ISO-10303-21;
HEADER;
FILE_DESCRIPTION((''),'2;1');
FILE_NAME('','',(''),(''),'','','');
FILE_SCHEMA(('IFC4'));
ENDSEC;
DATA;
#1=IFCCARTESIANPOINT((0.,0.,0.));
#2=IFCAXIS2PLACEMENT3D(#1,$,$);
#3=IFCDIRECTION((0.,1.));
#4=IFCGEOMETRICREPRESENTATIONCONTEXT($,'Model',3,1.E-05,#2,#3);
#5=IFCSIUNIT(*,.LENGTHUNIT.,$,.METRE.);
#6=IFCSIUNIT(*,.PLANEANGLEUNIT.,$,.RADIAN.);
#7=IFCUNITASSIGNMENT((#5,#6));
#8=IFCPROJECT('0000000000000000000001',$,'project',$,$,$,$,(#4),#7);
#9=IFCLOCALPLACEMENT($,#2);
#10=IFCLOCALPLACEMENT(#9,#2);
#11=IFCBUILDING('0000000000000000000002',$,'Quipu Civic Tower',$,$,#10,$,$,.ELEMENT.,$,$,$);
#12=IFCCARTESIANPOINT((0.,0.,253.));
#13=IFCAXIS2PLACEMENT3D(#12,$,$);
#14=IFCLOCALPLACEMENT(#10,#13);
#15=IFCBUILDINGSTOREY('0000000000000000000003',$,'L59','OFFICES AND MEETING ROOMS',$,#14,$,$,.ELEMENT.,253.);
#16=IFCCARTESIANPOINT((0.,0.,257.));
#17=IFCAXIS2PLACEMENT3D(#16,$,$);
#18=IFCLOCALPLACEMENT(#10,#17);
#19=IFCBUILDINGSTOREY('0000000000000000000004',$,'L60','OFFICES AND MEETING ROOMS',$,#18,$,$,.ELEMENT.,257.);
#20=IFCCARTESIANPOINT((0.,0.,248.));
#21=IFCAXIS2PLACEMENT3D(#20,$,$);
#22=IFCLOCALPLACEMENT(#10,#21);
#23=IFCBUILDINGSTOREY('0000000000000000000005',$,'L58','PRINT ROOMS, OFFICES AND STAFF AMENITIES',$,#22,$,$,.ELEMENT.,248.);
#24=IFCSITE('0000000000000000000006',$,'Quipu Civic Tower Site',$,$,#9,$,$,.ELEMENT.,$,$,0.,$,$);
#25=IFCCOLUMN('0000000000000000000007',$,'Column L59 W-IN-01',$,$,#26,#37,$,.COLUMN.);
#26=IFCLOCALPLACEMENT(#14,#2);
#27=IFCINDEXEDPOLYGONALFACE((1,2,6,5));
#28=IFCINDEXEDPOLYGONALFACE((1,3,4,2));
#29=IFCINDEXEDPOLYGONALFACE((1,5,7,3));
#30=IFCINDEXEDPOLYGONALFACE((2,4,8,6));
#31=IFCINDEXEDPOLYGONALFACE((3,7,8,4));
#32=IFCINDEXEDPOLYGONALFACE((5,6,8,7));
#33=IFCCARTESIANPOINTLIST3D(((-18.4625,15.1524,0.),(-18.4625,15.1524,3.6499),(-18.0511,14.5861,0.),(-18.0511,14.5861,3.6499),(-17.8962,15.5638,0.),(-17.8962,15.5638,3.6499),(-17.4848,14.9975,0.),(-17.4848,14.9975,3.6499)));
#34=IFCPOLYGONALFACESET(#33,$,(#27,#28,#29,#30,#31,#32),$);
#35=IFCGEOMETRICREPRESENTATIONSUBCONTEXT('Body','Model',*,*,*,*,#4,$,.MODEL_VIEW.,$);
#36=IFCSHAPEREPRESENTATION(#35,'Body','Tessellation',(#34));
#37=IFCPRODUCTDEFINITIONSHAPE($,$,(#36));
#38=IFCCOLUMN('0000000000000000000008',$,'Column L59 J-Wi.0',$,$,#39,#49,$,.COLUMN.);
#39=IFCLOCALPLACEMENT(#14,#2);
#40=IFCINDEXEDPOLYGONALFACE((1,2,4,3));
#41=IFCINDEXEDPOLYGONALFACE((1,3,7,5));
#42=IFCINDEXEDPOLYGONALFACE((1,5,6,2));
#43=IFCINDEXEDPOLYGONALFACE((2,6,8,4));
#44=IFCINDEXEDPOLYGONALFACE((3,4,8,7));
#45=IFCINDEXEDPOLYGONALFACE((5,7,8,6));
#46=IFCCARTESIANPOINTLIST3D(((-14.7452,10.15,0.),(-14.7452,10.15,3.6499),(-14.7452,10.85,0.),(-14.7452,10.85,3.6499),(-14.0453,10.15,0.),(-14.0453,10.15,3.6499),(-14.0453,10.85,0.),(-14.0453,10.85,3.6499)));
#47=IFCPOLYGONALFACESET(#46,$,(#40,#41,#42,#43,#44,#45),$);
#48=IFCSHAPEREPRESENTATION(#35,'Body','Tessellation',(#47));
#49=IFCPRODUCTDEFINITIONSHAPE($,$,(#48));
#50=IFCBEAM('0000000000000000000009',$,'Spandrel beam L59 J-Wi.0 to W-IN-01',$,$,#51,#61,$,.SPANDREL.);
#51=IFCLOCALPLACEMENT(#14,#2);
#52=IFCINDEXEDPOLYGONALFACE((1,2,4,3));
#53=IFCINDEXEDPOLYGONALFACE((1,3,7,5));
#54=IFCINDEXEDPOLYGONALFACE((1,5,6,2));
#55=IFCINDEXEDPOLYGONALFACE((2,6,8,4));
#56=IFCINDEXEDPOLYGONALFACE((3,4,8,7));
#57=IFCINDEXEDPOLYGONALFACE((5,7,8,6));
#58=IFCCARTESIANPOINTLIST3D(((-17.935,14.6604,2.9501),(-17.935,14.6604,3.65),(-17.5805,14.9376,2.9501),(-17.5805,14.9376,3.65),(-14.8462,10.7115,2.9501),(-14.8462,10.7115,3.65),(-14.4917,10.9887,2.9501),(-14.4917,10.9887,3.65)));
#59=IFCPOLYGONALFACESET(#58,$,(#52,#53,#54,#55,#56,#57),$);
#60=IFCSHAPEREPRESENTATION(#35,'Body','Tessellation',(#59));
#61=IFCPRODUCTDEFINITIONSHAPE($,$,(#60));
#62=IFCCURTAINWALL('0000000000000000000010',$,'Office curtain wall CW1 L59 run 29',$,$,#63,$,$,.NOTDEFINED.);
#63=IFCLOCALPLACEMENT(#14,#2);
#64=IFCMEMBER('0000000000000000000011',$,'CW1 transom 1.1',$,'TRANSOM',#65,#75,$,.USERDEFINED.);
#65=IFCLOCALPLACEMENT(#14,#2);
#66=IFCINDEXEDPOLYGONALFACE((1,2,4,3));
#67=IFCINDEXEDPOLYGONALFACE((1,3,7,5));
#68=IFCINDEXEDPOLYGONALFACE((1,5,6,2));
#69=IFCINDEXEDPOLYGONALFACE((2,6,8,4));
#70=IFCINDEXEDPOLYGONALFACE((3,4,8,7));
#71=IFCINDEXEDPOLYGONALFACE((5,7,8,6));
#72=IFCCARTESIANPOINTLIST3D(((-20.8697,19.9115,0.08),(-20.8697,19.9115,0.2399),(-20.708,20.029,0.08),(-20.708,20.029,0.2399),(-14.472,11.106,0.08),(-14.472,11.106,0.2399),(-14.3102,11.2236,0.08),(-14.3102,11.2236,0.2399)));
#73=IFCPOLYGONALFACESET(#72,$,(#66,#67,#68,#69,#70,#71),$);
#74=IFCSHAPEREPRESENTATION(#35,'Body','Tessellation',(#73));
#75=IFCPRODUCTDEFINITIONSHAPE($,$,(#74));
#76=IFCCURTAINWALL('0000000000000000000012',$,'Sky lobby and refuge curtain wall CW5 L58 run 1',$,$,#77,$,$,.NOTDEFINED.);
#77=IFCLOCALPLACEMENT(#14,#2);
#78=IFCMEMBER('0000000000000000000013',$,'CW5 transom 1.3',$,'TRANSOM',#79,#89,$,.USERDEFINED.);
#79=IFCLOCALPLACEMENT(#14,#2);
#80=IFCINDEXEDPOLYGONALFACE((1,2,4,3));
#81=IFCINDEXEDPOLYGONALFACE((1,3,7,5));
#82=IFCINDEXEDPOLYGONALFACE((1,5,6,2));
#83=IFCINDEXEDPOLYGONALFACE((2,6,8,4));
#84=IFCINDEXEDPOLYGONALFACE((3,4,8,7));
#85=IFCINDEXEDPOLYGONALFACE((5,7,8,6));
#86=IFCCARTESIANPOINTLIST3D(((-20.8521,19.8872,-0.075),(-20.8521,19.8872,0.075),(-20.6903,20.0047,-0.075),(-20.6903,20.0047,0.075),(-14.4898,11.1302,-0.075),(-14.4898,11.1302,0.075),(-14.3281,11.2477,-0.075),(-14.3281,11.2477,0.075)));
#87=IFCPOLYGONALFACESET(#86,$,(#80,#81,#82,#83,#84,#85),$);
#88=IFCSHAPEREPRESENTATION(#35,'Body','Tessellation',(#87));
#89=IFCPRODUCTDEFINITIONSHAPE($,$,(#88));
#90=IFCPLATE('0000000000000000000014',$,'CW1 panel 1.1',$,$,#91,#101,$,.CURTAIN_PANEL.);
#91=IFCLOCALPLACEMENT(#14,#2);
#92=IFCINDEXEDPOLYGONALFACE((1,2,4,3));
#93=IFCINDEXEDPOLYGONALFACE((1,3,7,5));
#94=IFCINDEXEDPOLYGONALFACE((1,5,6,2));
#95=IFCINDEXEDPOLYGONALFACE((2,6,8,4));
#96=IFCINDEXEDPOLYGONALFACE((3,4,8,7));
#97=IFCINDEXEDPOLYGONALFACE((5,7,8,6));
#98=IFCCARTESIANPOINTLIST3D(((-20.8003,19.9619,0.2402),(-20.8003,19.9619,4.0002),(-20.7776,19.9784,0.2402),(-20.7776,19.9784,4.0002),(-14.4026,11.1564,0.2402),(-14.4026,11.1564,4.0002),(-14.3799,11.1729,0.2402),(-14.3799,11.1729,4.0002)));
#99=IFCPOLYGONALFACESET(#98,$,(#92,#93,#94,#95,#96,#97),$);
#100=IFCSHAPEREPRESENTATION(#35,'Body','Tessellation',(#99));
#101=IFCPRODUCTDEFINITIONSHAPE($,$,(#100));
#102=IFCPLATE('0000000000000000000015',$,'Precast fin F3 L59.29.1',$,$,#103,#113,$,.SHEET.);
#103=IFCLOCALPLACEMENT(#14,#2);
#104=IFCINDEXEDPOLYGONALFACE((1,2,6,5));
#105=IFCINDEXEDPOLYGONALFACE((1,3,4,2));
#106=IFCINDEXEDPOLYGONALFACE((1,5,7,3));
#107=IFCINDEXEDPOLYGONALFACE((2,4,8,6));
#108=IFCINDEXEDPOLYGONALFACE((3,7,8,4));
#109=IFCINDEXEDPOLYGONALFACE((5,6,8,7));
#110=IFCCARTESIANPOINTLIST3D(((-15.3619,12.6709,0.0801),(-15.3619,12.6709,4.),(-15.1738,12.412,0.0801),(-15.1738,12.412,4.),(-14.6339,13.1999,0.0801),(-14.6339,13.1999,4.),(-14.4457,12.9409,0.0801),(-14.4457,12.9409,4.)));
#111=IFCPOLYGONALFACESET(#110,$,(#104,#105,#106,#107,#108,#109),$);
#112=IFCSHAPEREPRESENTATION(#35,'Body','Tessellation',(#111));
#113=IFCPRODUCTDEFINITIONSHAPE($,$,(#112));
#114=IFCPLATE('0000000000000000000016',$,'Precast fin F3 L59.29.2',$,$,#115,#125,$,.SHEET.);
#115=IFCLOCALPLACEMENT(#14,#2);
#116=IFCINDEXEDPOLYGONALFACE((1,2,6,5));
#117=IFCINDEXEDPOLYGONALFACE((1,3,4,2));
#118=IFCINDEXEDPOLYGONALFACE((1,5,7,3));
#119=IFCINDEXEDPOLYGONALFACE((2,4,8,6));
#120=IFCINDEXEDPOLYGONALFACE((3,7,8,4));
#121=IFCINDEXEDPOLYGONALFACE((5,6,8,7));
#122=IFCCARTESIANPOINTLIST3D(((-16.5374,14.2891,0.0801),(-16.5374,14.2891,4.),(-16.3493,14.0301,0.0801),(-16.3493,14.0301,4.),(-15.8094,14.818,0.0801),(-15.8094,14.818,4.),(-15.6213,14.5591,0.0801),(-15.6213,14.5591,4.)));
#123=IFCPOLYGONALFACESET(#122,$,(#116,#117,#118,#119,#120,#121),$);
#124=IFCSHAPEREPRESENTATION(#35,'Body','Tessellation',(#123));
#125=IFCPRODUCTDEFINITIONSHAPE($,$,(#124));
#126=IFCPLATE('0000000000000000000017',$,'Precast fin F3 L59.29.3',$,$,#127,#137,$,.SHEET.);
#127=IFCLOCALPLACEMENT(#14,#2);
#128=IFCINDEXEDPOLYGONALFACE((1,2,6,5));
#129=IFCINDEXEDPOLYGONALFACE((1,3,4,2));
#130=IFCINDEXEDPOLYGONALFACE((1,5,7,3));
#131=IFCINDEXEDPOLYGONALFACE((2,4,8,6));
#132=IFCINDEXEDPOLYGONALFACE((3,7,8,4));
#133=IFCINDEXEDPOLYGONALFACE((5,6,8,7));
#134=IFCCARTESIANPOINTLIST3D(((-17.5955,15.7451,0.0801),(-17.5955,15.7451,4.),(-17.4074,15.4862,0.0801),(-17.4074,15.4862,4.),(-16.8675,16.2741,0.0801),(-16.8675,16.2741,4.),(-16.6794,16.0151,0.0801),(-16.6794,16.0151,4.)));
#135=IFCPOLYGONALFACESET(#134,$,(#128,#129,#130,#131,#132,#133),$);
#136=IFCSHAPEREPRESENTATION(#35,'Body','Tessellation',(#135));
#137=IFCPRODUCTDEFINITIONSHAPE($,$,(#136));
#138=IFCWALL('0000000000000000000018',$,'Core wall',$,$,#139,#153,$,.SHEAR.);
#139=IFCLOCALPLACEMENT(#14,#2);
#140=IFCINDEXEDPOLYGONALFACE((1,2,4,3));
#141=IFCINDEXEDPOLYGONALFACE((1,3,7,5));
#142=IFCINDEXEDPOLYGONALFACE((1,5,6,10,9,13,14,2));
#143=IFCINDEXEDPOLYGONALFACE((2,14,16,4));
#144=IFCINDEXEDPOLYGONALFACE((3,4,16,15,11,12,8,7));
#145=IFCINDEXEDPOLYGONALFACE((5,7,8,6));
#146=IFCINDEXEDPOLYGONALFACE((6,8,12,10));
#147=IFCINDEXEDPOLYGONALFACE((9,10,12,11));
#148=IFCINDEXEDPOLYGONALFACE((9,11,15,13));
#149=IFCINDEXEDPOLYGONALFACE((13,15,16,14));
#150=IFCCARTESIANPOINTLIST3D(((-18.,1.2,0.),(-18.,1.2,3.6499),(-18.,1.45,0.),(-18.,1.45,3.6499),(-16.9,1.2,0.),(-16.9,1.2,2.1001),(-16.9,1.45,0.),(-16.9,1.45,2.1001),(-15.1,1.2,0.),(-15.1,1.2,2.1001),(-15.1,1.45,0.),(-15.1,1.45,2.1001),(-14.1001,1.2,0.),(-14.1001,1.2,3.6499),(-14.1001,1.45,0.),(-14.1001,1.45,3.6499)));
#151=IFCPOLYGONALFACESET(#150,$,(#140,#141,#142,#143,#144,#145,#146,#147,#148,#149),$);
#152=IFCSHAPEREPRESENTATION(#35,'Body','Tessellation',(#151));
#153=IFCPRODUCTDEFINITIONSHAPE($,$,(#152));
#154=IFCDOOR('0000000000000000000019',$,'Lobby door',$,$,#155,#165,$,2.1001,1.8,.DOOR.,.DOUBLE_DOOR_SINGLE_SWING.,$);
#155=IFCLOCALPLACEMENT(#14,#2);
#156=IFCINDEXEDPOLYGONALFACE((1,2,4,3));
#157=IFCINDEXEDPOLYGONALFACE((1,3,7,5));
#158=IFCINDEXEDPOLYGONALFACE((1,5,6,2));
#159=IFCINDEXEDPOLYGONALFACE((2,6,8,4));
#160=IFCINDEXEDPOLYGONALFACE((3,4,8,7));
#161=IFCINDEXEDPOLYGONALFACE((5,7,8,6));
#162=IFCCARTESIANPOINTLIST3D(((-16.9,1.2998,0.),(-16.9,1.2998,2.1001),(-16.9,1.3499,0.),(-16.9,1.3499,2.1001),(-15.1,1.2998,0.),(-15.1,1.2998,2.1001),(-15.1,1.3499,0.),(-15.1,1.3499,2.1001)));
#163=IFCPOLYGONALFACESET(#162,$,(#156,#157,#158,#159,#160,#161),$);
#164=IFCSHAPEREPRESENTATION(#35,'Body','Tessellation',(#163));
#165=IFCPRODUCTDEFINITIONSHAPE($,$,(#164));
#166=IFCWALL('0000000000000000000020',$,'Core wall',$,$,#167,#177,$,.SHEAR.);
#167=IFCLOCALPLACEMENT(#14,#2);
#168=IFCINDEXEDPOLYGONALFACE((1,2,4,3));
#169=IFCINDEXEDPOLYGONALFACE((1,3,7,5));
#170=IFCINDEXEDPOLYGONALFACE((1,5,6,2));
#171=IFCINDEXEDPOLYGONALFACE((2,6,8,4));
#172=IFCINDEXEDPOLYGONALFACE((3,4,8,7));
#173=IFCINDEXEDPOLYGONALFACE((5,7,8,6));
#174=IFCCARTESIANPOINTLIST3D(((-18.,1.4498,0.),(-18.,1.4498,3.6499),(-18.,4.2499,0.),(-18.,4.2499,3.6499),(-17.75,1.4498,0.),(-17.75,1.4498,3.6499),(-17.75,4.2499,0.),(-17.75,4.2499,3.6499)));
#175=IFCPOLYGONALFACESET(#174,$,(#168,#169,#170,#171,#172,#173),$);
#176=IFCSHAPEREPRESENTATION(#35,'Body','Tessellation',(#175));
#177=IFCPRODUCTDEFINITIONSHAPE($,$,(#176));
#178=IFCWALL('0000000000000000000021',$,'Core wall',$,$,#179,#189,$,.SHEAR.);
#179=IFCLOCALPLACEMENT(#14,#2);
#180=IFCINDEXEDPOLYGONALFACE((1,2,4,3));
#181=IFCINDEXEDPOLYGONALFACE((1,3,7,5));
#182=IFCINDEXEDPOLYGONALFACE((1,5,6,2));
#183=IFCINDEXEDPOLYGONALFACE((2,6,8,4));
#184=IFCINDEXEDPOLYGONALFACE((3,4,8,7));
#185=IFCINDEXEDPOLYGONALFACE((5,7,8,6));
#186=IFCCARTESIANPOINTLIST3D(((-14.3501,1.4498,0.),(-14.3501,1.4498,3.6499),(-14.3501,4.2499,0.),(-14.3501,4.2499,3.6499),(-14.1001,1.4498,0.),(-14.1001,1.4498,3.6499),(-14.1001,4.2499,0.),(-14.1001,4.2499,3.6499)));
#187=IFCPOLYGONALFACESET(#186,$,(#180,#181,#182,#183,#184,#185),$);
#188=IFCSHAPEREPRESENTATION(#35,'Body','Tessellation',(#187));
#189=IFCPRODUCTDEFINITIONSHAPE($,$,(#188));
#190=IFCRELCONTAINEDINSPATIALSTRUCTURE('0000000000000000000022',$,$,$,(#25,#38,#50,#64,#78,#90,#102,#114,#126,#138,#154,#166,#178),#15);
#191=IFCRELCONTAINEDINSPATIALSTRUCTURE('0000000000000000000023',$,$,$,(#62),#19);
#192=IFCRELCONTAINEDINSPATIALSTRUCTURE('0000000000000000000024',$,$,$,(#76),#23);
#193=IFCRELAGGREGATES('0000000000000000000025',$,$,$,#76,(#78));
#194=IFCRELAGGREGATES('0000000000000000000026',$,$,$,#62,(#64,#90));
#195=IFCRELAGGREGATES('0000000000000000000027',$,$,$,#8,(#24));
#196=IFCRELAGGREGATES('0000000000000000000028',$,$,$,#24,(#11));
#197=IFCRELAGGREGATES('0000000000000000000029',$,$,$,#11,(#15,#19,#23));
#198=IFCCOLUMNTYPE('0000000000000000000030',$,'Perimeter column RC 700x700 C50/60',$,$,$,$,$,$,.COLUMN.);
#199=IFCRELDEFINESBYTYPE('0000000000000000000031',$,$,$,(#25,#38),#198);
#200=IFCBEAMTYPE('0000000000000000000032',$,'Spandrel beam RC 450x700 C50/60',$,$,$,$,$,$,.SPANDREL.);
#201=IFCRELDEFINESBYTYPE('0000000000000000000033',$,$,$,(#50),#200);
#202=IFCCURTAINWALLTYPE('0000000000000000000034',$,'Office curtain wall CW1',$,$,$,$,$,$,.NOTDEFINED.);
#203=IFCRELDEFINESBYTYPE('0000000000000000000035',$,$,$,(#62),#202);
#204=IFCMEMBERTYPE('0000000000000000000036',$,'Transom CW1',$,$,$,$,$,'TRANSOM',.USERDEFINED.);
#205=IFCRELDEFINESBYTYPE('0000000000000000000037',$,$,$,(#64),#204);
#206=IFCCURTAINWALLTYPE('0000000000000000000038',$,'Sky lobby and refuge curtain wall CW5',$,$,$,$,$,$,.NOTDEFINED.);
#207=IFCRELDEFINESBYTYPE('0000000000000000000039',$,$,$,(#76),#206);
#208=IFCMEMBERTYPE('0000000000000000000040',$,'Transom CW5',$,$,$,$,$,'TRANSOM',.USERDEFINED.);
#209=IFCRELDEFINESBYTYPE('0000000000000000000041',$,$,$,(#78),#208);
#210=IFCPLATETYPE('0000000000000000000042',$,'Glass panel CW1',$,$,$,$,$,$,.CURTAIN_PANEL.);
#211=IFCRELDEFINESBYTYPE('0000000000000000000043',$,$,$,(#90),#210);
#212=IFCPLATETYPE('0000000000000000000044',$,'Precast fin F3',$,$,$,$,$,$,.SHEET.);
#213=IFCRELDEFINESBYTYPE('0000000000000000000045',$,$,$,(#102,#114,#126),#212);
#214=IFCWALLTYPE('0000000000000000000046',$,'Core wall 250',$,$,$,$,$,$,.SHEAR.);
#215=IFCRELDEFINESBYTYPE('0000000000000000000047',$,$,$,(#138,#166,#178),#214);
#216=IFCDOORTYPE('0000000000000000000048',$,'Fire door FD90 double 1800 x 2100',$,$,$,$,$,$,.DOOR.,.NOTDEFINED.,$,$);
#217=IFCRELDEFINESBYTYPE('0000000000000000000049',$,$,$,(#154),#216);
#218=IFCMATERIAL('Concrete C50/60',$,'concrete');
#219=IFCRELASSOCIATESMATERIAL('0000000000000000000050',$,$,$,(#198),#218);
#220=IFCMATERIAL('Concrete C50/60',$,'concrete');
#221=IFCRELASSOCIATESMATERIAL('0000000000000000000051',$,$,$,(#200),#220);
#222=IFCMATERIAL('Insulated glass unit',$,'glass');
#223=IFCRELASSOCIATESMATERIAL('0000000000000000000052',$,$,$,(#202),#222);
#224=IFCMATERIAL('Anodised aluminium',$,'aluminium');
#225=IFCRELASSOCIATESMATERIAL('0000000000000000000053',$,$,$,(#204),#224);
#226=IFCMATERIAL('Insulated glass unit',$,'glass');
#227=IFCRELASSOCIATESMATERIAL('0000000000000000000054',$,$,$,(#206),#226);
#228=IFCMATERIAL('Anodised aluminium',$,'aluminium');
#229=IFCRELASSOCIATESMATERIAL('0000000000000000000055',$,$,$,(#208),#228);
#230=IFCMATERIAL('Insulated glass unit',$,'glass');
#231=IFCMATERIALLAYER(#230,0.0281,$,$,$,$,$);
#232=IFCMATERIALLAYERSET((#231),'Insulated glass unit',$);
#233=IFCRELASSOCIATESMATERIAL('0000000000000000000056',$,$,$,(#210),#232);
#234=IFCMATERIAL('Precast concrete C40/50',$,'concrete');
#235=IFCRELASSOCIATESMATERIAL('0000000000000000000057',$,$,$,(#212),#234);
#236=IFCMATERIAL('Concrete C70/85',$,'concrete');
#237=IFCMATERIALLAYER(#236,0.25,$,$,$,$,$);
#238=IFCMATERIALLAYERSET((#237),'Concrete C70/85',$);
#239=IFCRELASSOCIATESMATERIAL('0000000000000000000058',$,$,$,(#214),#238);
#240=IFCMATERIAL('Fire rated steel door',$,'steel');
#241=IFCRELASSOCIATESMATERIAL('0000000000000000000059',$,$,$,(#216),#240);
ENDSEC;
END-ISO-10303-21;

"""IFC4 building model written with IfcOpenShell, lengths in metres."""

from ifc_helpers import new_model, si_unit, direction, frame, frame_2d, origin, origin_2d, place, context, subcontext, project, spatial, rectangle, extrude, material, layer, layer_set, material_profile, profile_set, type_object, element, fill, aggregate, save


model = new_model("IFC4")

# Units and contexts
model_context = context("Model", 3, precision=1e-05, world=origin(), true_north=direction((0.0, 1.0)))
body_context = subcontext(model_context, "Body", "Model", "MODEL_VIEW")
ifc_project = project(units=[si_unit("LENGTHUNIT", "METRE"), si_unit("PLANEANGLEUNIT", "RADIAN")], contexts=[model_context])

# Site, building, storey
site_placement = place(None, origin())
site = spatial("IfcSite", under=ifc_project, at=site_placement, Name="Quipu Civic Tower Site", CompositionType="ELEMENT", RefElevation=0.0)
building_placement = place(site_placement, origin())
building = spatial("IfcBuilding", under=site, at=building_placement, Name="Quipu Civic Tower", CompositionType="ELEMENT")
storey_1_placement = place(building_placement, frame((0.0, 0.0, 253.0)))
storey_1 = spatial("IfcBuildingStorey", under=building, at=storey_1_placement, Name="L59", Description="OFFICES AND MEETING ROOMS", CompositionType="ELEMENT", Elevation=253.0)

# Columns
ifc_material_1 = material(Name="Concrete C50/60", Category="concrete")
ifc_material_profile_1 = material_profile(ifc_material_1, rectangle(XDim=0.7, YDim=0.7, at=origin_2d()), Name="RC700x700")
ifc_profile_set_1 = profile_set([ifc_material_profile_1], Name="Concrete C50/60")
column_type = type_object("IfcColumnType", Name="Perimeter column RC 700x700 C50/60", PredefinedType="COLUMN", material=ifc_profile_set_1)
for number, where, z_axis, x_axis, name in (
    (1, (-17.9736, 15.075, 0.0), (0.0, 0.0, 1.0), (-0.587785, 0.809017, 0.0), "Column L59 W-IN-01"),
    (2, (-14.3953, 10.5, 0.0), (0.0, 0.0, 1.0), (-1.0, 0.0, 0.0), "Column L59 J-Wi.0"),
):
    element("IfcColumn", number, at=place(storey_1_placement, frame(where, z_axis=z_axis, x_axis=x_axis)), inside=storey_1, type_object=column_type, Name=name, PredefinedType="COLUMN", context=body_context, shape_type="SweptSolid", body=[
        extrude(rectangle(XDim=0.7, YDim=0.7, at=origin_2d()), origin(), (0.0, 0.0, 1.0), 3.6499),
    ])

# Beam
ifc_material_2 = material(Name="Concrete C50/60", Category="concrete")
ifc_material_profile_2 = material_profile(ifc_material_2, rectangle(XDim=0.45, YDim=0.7, at=origin_2d()), Name="RC450x700")
ifc_profile_set_2 = profile_set([ifc_material_profile_2], Name="Concrete C50/60")
beam_type = type_object("IfcBeamType", Name="Spandrel beam RC 450x700 C50/60", PredefinedType="SPANDREL", material=ifc_profile_set_2)
beam_placement = place(storey_1_placement, frame((-14.6689, 10.8501, 3.3), z_axis=(-0.616106, 0.787663, 0.0), x_axis=(-0.787663, -0.616106, 0.0)))
element("IfcBeam", 3, at=beam_placement, inside=storey_1, type_object=beam_type, Name="Spandrel beam L59 J-Wi.0 to W-IN-01", PredefinedType="SPANDREL", context=body_context, shape_type="SweptSolid", body=[
    extrude(rectangle(XDim=0.45, YDim=0.7, at=origin_2d()), origin(), (0.0, 0.0, 1.0), 5.0134),
])

# Shared definitions
storey_2_placement = place(building_placement, frame((0.0, 0.0, 257.0)))
storey_2 = spatial("IfcBuildingStorey", under=building, at=storey_2_placement, Name="L60", Description="OFFICES AND MEETING ROOMS", CompositionType="ELEMENT", Elevation=257.0)

# Curtain wall, member
ifc_material_3 = material(Name="Insulated glass unit", Category="glass")
curtain_wall_type_1 = type_object("IfcCurtainWallType", Name="Office curtain wall CW1", PredefinedType="NOTDEFINED", material=ifc_material_3)
curtain_wall_1_placement = place(storey_2_placement, origin())
curtain_wall_1 = element("IfcCurtainWall", 4, at=curtain_wall_1_placement, inside=storey_2, type_object=curtain_wall_type_1, Name="Office curtain wall CW1 L59 run 29", PredefinedType="NOTDEFINED")
ifc_material_4 = material(Name="Anodised aluminium", Category="aluminium")
ifc_material_profile_3 = material_profile(ifc_material_4, rectangle(XDim=0.2, YDim=0.1599, at=origin_2d()), Name="RECT 200x160")
ifc_profile_set_3 = profile_set([ifc_material_profile_3], Name="Anodised aluminium")
member_type_1 = type_object("IfcMemberType", Name="Transom CW1", ElementType="TRANSOM", PredefinedType="USERDEFINED", material=ifc_profile_set_3)
member_1_placement = place(storey_1_placement, frame((-14.3911, 11.1648, 0.1599), z_axis=(-0.587797, 0.809009, 0.0), x_axis=(-0.809009, -0.587797, 0.0)))
member_1 = element("IfcMember", 5, at=member_1_placement, inside=storey_1, type_object=member_type_1, Name="CW1 transom 1.1", ObjectType="TRANSOM", PredefinedType="USERDEFINED", context=body_context, shape_type="SweptSolid", body=[
    extrude(rectangle(XDim=0.2, YDim=0.1599, at=origin_2d()), origin(), (0.0, 0.0, 1.0), 10.8843),
])

# Shared definitions
storey_3_placement = place(building_placement, frame((0.0, 0.0, 248.0)))
storey_3 = spatial("IfcBuildingStorey", under=building, at=storey_3_placement, Name="L58", Description="PRINT ROOMS, OFFICES AND STAFF AMENITIES", CompositionType="ELEMENT", Elevation=248.0)

# Curtain wall, member
ifc_material_5 = material(Name="Insulated glass unit", Category="glass")
curtain_wall_type_2 = type_object("IfcCurtainWallType", Name="Sky lobby and refuge curtain wall CW5", PredefinedType="NOTDEFINED", material=ifc_material_5)
curtain_wall_2_placement = place(storey_3_placement, origin())
curtain_wall_2 = element("IfcCurtainWall", 6, at=curtain_wall_2_placement, inside=storey_3, type_object=curtain_wall_type_2, Name="Sky lobby and refuge curtain wall CW5 L58 run 1", PredefinedType="NOTDEFINED")
ifc_material_6 = material(Name="Anodised aluminium", Category="aluminium")
ifc_material_profile_4 = material_profile(ifc_material_6, rectangle(XDim=0.2, YDim=0.1499, at=origin_2d()), Name="RECT 200x150")
ifc_profile_set_4 = profile_set([ifc_material_profile_4], Name="Anodised aluminium")
member_type_2 = type_object("IfcMemberType", Name="Transom CW5", ElementType="TRANSOM", PredefinedType="USERDEFINED", material=ifc_profile_set_4)
member_2_placement = place(storey_1_placement, frame((-14.4089, 11.189, 0.0), z_axis=(-0.58778, 0.809021, 0.0), x_axis=(-0.809021, -0.58778, 0.0)))
member_2 = element("IfcMember", 7, at=member_2_placement, inside=storey_1, type_object=member_type_2, Name="CW5 transom 1.3", ObjectType="TRANSOM", PredefinedType="USERDEFINED", context=body_context, shape_type="SweptSolid", body=[
    extrude(rectangle(XDim=0.2, YDim=0.1499, at=origin_2d()), origin(), (0.0, 0.0, 1.0), 10.8242),
])
aggregate(curtain_wall_2, [member_2])

# Plate
ifc_material_7 = material(Name="Insulated glass unit", Category="glass")
ifc_layer_1 = layer(ifc_material_7, 0.0281)
ifc_layer_set_1 = layer_set([ifc_layer_1], Name="Insulated glass unit")
plate_type_1 = type_object("IfcPlateType", Name="Glass panel CW1", PredefinedType="CURTAIN_PANEL", material=ifc_layer_set_1)
plate_placement = place(storey_1_placement, frame((-17.5901, 15.5674, 0.2402), z_axis=(0.0, 0.0, 1.0), x_axis=(-0.587788, 0.809015, 0.0)))
plate = element("IfcPlate", 8, at=plate_placement, inside=storey_1, type_object=plate_type_1, Name="CW1 panel 1.1", PredefinedType="CURTAIN_PANEL", context=body_context, shape_type="SweptSolid", body=[
    extrude(rectangle(XDim=10.8843, YDim=0.0281, at=origin_2d()), origin(), (0.0, 0.0, 1.0), 3.76),
])
aggregate(curtain_wall_1, [member_1, plate])

# Plates
ifc_material_8 = material(Name="Precast concrete C40/50", Category="concrete")
plate_type_2 = type_object("IfcPlateType", Name="Precast fin F3", PredefinedType="SHEET", material=ifc_material_8)
for number, where, z_axis, x_axis, name in (
    (9, (-14.9038, 12.8059, 0.0801), (0.0, 0.0, 1.0), (-0.587784, 0.809018, 0.0), "Precast fin F3 L59.29.1"),
    (10, (-16.0793, 14.4241, 0.0801), (0.0, 0.0, 1.0), (-0.587784, 0.809018, 0.0), "Precast fin F3 L59.29.2"),
    (11, (-17.1375, 15.8801, 0.0801), (0.0, 0.0, 1.0), (-0.587784, 0.809018, 0.0), "Precast fin F3 L59.29.3"),
):
    element("IfcPlate", number, at=place(storey_1_placement, frame(where, z_axis=z_axis, x_axis=x_axis)), inside=storey_1, type_object=plate_type_2, Name=name, PredefinedType="SHEET", context=body_context, shape_type="SweptSolid", body=[
        extrude(rectangle(XDim=0.3201, YDim=0.8999, at=origin_2d()), origin(), (0.0, 0.0, 1.0), 3.9199),
    ])

# Wall, opening, door
ifc_material_9 = material(Name="Concrete C70/85", Category="concrete")
ifc_layer_2 = layer(ifc_material_9, 0.25)
ifc_layer_set_2 = layer_set([ifc_layer_2], Name="Concrete C70/85")
wall_type_1 = type_object("IfcWallType", Name="Core wall 250", PredefinedType="SHEAR", material=ifc_layer_set_2)
wall_1_placement = place(storey_1_placement, frame((-18.0, 1.325, 0.0), z_axis=(0.0, 0.0, 1.0), x_axis=(1.0, 0.0, 0.0)))
wall_1 = element("IfcWall", 12, at=wall_1_placement, inside=storey_1, type_object=wall_type_1, Name="Core wall", PredefinedType="SHEAR", context=body_context, shape_type="SweptSolid", body=[
    extrude(rectangle(XDim=3.8999, YDim=0.25, at=frame_2d((1.95, 0.0))), origin(), (0.0, 0.0, 1.0), 3.6499),
])
opening_1_placement = place(wall_1_placement, frame((1.1001, 0.0, 0.0)))
opening_1 = element("IfcOpeningElement", 13, at=opening_1_placement, cuts=wall_1, PredefinedType="OPENING", context=body_context, shape_type="SweptSolid", body=[
    extrude(rectangle(XDim=1.8, YDim=2.1001, at=frame_2d((0.8999, 1.05))), frame((0.0, 0.135, 0.0), z_axis=(0.0, -1.0, 0.0), x_axis=(1.0, 0.0, 0.0)), (0.0, 0.0, 1.0), 0.27),
])
ifc_material_10 = material(Name="Fire rated steel door", Category="steel")
door_type_1 = type_object("IfcDoorType", Name="Fire door FD90 double 1800 x 2100", OperationType="NOTDEFINED", PredefinedType="DOOR", material=ifc_material_10)
door_1_placement = place(opening_1_placement, origin())
door_1 = element("IfcDoor", 14, at=door_1_placement, inside=storey_1, type_object=door_type_1, Name="Lobby door", OperationType="DOUBLE_DOOR_SINGLE_SWING", OverallHeight=2.1001, OverallWidth=1.8, PredefinedType="DOOR", context=body_context, shape_type="SweptSolid", body=[
    extrude(rectangle(XDim=1.8, YDim=2.1001, at=frame_2d((0.8999, 1.05))), frame((0.0, 0.0249, 0.0), z_axis=(0.0, -1.0, 0.0), x_axis=(1.0, 0.0, 0.0)), (0.0, 0.0, 1.0), 0.05),
])
fill(opening_1, door_1)

# Walls
for number, where, z_axis, x_axis, name in (
    (15, (-17.875, 1.45, 0.0), (0.0, 0.0, 1.0), (0.0, 1.0, 0.0), "Core wall"),
    (16, (-14.2251, 1.45, 0.0), (0.0, 0.0, 1.0), (0.0, 1.0, 0.0), "Core wall"),
):
    element("IfcWall", number, at=place(storey_1_placement, frame(where, z_axis=z_axis, x_axis=x_axis)), inside=storey_1, type_object=wall_type_1, Name=name, PredefinedType="SHEAR", context=body_context, shape_type="SweptSolid", body=[
        extrude(rectangle(XDim=2.8, YDim=0.25, at=frame_2d((1.3999, 0.0))), origin(), (0.0, 0.0, 1.0), 3.6499),
    ])

save(model, "model.ifc")
